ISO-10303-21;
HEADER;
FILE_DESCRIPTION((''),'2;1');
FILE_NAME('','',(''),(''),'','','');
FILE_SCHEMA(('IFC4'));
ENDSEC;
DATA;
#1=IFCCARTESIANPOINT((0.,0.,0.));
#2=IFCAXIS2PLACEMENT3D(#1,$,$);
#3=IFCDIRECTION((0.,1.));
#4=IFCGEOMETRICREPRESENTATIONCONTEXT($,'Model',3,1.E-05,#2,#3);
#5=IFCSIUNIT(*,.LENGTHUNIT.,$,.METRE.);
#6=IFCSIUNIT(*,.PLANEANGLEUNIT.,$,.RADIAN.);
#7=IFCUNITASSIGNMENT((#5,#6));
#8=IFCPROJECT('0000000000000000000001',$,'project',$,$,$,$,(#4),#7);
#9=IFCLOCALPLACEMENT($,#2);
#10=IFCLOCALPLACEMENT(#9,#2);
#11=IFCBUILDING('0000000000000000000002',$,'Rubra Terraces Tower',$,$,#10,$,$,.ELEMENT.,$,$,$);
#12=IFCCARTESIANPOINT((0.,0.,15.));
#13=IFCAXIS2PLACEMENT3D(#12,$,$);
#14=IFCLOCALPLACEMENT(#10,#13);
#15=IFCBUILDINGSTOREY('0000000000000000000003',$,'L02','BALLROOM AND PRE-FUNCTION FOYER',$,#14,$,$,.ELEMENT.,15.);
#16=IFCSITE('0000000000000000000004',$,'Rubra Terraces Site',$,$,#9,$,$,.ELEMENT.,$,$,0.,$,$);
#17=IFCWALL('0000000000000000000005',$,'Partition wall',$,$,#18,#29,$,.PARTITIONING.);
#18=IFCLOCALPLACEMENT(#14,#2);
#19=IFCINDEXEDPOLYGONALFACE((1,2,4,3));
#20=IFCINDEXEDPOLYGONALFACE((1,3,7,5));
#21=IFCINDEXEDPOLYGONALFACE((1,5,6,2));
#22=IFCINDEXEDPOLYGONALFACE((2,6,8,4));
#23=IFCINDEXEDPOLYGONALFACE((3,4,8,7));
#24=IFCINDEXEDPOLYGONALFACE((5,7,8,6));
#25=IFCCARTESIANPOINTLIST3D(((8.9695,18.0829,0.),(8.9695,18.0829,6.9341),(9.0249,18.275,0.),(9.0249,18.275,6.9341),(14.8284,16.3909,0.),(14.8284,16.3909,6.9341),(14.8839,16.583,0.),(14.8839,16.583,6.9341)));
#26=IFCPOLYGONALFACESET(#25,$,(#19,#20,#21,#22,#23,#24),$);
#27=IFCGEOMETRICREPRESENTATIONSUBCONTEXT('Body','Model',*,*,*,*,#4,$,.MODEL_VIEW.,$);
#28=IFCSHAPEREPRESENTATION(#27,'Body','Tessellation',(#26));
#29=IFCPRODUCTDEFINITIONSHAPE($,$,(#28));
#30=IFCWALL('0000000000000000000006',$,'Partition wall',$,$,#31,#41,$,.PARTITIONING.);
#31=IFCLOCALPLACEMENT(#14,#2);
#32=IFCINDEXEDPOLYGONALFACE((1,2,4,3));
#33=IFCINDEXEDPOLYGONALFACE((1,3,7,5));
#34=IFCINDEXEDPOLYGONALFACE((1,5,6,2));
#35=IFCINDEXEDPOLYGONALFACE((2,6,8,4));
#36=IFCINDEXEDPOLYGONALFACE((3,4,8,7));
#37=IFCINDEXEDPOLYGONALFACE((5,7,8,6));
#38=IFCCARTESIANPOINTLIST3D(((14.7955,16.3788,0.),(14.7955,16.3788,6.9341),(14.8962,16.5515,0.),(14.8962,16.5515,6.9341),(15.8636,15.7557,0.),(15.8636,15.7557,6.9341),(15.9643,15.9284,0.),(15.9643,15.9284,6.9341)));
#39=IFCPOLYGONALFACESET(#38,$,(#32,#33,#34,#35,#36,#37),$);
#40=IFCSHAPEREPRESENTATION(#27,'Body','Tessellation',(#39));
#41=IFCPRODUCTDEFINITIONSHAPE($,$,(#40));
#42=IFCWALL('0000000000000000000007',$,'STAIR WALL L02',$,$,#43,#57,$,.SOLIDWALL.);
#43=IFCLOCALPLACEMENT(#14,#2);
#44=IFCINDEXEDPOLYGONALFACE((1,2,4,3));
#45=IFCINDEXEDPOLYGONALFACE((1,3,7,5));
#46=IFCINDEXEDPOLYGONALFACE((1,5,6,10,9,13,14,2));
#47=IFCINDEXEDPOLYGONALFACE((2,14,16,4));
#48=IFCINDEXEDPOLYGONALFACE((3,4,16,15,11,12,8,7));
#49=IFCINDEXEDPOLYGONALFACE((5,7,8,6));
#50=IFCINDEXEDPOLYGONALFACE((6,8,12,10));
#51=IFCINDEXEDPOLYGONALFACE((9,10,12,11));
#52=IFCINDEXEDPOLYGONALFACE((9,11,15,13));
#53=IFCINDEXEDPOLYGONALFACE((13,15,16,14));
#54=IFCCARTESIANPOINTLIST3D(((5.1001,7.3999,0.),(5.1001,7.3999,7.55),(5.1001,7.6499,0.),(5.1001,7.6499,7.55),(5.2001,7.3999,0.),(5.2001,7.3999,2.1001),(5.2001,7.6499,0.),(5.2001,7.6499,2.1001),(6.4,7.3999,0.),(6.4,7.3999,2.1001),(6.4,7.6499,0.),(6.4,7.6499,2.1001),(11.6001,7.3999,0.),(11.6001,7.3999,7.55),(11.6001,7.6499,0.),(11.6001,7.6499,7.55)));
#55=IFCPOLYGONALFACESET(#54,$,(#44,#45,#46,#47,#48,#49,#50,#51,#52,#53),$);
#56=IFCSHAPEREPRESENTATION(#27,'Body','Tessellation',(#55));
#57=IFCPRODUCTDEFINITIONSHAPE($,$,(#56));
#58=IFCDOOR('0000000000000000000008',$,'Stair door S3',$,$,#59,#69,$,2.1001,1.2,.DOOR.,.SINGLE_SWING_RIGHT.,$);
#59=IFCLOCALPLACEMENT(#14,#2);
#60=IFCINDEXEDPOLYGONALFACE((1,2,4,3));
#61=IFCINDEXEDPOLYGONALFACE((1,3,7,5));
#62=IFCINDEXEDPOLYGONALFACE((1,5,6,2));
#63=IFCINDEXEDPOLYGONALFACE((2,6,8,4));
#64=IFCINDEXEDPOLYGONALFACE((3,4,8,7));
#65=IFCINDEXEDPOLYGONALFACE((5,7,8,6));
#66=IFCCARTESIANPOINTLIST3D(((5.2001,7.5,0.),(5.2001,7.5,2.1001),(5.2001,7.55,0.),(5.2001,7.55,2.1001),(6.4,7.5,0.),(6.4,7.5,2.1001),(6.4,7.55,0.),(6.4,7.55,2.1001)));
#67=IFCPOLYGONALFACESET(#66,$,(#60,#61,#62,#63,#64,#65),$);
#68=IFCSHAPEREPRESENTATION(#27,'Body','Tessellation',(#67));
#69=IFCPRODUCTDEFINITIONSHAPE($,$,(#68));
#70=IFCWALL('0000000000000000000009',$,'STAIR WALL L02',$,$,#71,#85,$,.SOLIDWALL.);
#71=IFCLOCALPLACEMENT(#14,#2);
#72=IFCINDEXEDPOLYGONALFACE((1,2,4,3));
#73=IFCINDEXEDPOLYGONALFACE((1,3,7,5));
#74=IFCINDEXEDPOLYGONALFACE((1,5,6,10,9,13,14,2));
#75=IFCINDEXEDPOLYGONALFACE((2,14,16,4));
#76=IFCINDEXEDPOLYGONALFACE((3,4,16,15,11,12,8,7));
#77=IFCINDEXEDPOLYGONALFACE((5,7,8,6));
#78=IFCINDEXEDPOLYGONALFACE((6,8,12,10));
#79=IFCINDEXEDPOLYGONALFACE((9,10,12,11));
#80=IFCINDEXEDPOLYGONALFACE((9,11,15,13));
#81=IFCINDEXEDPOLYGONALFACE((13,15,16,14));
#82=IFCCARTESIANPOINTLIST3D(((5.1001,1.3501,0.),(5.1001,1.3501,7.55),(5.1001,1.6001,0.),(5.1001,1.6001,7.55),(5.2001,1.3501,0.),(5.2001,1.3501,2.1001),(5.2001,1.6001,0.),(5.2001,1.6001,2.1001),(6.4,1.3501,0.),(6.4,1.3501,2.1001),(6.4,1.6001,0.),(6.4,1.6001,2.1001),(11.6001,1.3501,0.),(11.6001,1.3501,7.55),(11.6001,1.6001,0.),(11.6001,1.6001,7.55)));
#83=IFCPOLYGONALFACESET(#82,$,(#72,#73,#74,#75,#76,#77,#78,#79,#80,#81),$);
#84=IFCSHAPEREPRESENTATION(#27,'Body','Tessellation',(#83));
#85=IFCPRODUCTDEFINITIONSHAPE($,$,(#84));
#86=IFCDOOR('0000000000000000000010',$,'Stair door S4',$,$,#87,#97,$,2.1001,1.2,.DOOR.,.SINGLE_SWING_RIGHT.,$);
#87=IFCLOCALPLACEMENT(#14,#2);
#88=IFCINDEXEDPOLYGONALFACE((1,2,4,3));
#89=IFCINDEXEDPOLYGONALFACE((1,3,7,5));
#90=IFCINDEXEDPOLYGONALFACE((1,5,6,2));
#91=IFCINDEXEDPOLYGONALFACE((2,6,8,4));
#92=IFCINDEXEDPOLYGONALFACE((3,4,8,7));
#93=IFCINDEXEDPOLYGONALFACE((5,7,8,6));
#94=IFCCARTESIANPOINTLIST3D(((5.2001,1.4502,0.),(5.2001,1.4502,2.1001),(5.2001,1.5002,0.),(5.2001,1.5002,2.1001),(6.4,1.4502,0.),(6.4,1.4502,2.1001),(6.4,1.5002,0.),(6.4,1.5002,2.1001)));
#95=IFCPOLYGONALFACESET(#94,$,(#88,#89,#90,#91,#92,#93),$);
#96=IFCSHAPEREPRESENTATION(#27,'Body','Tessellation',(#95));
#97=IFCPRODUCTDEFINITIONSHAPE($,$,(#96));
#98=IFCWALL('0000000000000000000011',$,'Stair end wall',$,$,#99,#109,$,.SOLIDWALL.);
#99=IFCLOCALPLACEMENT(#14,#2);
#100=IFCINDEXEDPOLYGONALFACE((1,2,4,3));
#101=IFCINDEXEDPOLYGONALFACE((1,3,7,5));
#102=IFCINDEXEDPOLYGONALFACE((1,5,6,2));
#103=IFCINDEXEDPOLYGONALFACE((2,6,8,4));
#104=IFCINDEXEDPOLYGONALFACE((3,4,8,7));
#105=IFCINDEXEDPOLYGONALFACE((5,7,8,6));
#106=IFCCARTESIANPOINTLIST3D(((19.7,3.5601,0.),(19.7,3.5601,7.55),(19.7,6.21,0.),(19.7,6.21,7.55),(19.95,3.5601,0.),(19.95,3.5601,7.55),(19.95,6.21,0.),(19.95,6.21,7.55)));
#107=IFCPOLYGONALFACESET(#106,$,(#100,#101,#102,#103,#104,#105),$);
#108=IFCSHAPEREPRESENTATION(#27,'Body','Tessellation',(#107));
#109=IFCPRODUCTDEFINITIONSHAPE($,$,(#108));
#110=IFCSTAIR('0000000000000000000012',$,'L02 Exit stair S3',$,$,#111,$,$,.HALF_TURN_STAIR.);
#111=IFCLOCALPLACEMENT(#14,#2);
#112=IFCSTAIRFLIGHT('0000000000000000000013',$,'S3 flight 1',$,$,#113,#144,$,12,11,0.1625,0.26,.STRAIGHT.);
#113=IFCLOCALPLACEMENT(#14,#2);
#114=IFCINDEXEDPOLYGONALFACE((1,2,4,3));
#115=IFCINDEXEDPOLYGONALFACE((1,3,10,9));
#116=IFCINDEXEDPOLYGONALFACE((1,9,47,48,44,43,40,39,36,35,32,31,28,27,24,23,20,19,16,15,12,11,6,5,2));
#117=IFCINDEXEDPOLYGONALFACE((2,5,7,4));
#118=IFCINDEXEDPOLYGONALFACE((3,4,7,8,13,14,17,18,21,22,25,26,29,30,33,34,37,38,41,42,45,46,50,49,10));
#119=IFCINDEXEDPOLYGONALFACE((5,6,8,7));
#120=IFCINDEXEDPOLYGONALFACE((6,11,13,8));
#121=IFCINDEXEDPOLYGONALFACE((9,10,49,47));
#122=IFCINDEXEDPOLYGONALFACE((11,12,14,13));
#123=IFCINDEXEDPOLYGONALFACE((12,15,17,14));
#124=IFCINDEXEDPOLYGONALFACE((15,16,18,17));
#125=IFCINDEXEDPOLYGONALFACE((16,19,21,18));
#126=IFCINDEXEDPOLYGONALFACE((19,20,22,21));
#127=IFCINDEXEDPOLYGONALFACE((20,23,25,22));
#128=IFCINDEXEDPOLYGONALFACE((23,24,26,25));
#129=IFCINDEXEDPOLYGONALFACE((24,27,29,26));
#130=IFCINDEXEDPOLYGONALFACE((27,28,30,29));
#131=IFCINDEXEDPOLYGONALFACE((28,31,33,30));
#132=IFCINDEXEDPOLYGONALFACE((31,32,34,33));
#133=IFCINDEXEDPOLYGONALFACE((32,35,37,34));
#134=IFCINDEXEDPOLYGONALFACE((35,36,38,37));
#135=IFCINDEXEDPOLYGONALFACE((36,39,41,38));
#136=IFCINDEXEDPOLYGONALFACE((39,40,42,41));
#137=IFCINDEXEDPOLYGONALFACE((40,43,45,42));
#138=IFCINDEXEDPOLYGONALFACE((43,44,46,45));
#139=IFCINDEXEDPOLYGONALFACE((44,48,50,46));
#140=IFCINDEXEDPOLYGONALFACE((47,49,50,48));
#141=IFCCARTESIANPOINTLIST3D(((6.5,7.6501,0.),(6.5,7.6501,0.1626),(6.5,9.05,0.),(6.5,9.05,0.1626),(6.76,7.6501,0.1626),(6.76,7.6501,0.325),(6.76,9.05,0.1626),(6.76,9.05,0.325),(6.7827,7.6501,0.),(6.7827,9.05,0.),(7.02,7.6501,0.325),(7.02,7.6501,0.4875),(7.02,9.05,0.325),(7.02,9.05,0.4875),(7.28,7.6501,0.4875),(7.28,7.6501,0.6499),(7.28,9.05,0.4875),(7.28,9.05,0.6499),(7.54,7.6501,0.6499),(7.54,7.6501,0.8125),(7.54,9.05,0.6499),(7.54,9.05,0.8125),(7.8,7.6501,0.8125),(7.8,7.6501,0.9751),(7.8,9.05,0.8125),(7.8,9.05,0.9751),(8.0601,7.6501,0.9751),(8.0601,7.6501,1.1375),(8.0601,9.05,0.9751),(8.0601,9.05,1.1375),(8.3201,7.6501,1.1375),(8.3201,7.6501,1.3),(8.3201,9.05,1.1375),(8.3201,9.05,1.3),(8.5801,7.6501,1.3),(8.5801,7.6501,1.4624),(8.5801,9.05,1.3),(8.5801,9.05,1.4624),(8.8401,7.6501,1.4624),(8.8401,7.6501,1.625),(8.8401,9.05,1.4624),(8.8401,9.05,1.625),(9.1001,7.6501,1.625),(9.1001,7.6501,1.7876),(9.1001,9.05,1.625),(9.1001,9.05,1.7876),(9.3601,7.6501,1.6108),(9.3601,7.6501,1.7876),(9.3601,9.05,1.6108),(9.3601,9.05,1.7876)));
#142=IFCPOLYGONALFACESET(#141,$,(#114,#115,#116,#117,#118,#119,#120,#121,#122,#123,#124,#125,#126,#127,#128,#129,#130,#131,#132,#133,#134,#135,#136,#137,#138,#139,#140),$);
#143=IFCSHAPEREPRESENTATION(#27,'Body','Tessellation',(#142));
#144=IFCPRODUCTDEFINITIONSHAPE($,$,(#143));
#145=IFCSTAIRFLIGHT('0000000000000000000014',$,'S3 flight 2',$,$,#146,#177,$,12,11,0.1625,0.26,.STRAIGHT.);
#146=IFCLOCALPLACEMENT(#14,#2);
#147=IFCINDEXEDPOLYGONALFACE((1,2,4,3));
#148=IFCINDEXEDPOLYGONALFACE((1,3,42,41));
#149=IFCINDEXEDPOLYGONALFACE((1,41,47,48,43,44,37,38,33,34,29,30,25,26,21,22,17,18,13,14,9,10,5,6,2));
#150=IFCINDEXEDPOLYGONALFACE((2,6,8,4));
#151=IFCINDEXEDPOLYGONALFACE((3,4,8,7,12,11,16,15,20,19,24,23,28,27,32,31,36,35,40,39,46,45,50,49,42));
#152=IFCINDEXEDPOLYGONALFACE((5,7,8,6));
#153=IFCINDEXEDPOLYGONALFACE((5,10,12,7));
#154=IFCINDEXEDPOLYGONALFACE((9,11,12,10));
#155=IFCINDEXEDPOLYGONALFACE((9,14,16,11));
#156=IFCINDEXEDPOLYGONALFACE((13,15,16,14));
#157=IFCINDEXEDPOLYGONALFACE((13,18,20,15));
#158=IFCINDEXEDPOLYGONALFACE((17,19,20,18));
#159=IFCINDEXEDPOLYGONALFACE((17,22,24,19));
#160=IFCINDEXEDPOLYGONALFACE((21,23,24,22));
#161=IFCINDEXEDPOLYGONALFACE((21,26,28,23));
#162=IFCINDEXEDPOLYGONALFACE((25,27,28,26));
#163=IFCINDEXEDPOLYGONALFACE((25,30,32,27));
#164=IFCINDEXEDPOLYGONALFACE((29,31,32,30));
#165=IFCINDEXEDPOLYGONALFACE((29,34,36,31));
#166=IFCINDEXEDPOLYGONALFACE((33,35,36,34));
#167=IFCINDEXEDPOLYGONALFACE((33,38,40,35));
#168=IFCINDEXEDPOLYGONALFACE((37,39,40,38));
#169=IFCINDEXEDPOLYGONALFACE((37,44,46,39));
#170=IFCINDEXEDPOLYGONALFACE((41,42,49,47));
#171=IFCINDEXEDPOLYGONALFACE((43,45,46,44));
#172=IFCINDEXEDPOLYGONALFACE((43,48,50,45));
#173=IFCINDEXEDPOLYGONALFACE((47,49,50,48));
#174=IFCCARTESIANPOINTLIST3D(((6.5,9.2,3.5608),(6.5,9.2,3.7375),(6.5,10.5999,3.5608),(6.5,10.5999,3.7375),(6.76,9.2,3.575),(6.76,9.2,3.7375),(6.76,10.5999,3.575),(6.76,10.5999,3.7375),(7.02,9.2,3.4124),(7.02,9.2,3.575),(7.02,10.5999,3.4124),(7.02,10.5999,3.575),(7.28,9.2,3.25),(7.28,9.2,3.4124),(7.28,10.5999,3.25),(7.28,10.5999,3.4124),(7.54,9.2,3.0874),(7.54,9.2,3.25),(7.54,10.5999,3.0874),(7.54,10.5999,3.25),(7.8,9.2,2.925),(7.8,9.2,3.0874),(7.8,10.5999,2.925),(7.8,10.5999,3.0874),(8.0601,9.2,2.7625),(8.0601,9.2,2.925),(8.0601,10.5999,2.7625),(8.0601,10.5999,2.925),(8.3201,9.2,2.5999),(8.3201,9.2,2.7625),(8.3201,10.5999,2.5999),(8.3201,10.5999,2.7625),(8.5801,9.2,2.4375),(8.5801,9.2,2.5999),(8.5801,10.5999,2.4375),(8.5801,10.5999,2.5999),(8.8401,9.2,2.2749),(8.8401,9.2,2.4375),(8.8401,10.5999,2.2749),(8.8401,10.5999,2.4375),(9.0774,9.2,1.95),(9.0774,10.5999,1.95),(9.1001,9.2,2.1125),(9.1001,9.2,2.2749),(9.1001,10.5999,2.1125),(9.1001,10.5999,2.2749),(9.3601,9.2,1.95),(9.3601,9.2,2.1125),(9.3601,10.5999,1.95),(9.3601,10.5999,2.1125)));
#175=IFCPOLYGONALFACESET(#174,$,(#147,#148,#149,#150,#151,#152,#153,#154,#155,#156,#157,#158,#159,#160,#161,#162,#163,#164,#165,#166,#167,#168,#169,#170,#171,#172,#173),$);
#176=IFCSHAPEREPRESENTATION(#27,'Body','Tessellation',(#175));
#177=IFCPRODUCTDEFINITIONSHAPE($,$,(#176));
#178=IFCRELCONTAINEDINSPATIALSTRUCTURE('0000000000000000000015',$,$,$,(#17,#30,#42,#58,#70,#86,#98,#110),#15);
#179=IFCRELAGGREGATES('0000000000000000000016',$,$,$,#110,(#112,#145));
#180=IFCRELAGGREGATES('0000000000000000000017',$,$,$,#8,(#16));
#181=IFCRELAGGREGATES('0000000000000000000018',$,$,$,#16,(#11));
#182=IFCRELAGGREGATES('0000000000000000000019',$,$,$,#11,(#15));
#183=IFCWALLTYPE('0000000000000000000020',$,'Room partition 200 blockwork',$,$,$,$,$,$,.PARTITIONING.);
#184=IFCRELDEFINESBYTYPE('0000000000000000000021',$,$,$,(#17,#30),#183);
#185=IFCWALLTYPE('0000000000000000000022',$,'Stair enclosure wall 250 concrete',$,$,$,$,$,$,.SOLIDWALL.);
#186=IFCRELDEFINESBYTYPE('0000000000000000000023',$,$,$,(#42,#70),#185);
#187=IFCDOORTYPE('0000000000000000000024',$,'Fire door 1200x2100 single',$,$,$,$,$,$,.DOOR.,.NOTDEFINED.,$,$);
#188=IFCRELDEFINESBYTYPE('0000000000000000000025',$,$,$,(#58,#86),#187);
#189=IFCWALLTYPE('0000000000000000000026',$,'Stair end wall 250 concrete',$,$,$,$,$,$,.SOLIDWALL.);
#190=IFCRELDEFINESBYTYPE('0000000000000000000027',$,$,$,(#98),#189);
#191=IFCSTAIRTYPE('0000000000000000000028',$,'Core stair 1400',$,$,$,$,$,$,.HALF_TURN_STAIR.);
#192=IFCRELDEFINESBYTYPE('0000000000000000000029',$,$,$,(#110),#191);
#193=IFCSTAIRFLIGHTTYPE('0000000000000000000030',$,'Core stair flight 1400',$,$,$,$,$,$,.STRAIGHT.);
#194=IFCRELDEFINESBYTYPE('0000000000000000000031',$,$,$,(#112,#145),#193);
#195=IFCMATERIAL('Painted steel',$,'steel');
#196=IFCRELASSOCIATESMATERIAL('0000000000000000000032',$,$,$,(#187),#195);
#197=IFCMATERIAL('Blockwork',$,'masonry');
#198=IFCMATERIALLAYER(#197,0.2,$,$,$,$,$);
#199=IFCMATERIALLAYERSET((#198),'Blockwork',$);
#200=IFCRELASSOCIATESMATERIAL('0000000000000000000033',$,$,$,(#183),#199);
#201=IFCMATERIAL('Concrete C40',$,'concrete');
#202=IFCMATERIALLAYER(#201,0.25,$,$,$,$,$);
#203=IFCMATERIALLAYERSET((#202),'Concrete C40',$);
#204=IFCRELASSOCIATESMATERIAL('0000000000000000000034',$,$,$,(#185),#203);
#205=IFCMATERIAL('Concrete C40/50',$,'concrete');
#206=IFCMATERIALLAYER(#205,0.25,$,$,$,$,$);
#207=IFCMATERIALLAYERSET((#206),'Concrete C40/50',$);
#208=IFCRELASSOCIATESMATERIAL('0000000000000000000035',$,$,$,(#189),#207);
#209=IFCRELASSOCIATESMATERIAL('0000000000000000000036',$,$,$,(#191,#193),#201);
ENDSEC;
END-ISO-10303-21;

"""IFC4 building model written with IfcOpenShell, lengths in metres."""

from ifc_helpers import new_model, si_unit, direction, frame, frame_2d, origin, place, context, subcontext, project, spatial, polyline, rectangle, outline, extrude, material, layer, layer_set, type_object, element, fill, aggregate, save


model = new_model("IFC4")

# Units and contexts
model_context = context("Model", 3, precision=1e-05, world=origin(), true_north=direction((0.0, 1.0)))
body_context = subcontext(model_context, "Body", "Model", "MODEL_VIEW")
ifc_project = project(units=[si_unit("LENGTHUNIT", "METRE"), si_unit("PLANEANGLEUNIT", "RADIAN")], contexts=[model_context])

# Site, building, storey
site_placement = place(None, origin())
site = spatial("IfcSite", under=ifc_project, at=site_placement, Name="Rubra Terraces Site", CompositionType="ELEMENT", RefElevation=0.0)
building_placement = place(site_placement, origin())
building = spatial("IfcBuilding", under=site, at=building_placement, Name="Rubra Terraces Tower", CompositionType="ELEMENT")
storey_placement = place(building_placement, frame((0.0, 0.0, 15.0)))
storey = spatial("IfcBuildingStorey", under=building, at=storey_placement, Name="L02", Description="BALLROOM AND PRE-FUNCTION FOYER", CompositionType="ELEMENT", Elevation=15.0)

# Shared definitions
ifc_material_1 = material(Name="Painted steel", Category="steel")
door_type_1 = type_object("IfcDoorType", Name="Fire door 1200x2100 single", OperationType="NOTDEFINED", PredefinedType="DOOR", material=ifc_material_1)

# Shared definitions
ifc_material_2 = material(Name="Blockwork", Category="masonry")

# Walls
ifc_layer_1 = layer(ifc_material_2, 0.2)
ifc_layer_set_1 = layer_set([ifc_layer_1], Name="Blockwork")
wall_type_1 = type_object("IfcWallType", Name="Room partition 200 blockwork", PredefinedType="PARTITIONING", material=ifc_layer_set_1)
wall_1_placement = place(storey_placement, frame((8.9971, 18.179, 0.0), z_axis=(0.0, 0.0, 1.0), x_axis=(0.960744, -0.277438, 0.0)))
element("IfcWall", 1, at=wall_1_placement, inside=storey, type_object=wall_type_1, Name="Partition wall", PredefinedType="PARTITIONING", context=body_context, shape_type="SweptSolid", body=[
    extrude(rectangle(XDim=6.0984, YDim=0.2, at=frame_2d((3.0493, 0.0))), origin(), (0.0, 0.0, 1.0), 6.9341),
])
wall_2_placement = place(storey_placement, frame((14.8459, 16.4651, 0.0), z_axis=(0.0, 0.0, 1.0), x_axis=(0.863786, -0.503859, 0.0)))
element("IfcWall", 2, at=wall_2_placement, inside=storey, type_object=wall_type_1, Name="Partition wall", PredefinedType="PARTITIONING", context=body_context, shape_type="SweptSolid", body=[
    extrude(rectangle(XDim=1.2366, YDim=0.2, at=frame_2d((0.6182, 0.0))), origin(), (0.0, 0.0, 1.0), 6.9341),
])

# Walls, openings, doors
ifc_material_3 = material(Name="Concrete C40", Category="concrete")
ifc_layer_2 = layer(ifc_material_3, 0.25)
ifc_layer_set_2 = layer_set([ifc_layer_2], Name="Concrete C40")
wall_type_2 = type_object("IfcWallType", Name="Stair enclosure wall 250 concrete", PredefinedType="SOLIDWALL", material=ifc_layer_set_2)
wall_3_placement = place(storey_placement, frame((11.6001, 7.5249, 0.0), z_axis=(0.0, 0.0, 1.0), x_axis=(-1.0, 0.0, 0.0)))
wall_3 = element("IfcWall", 3, at=wall_3_placement, inside=storey, type_object=wall_type_2, Name="STAIR WALL L02", PredefinedType="SOLIDWALL", context=body_context, shape_type="SweptSolid", body=[
    extrude(rectangle(XDim=6.5, YDim=0.25, at=frame_2d((3.25, 0.0))), origin(), (0.0, 0.0, 1.0), 7.55),
])
opening_1_placement = place(wall_3_placement, frame((5.2, 0.0, 0.0)))
opening_1 = element("IfcOpeningElement", 4, at=opening_1_placement, cuts=wall_3, PredefinedType="OPENING", context=body_context, shape_type="SweptSolid", body=[
    extrude(rectangle(XDim=1.2, YDim=2.1001, at=frame_2d((0.6001, 1.05))), frame((0.0, 0.135, 0.0), z_axis=(0.0, -1.0, 0.0), x_axis=(1.0, 0.0, 0.0)), (0.0, 0.0, 1.0), 0.27),
])
door_1_placement = place(opening_1_placement, origin())
door_1 = element("IfcDoor", 5, at=door_1_placement, inside=storey, type_object=door_type_1, Name="Stair door S3", OperationType="SINGLE_SWING_RIGHT", OverallHeight=2.1001, OverallWidth=1.2, PredefinedType="DOOR", context=body_context, shape_type="SweptSolid", body=[
    extrude(rectangle(XDim=1.2, YDim=2.1001, at=frame_2d((0.6001, 1.05))), frame((0.0, 0.0249, 0.0), z_axis=(0.0, -1.0, 0.0), x_axis=(1.0, 0.0, 0.0)), (0.0, 0.0, 1.0), 0.05),
])
fill(opening_1, door_1)
wall_4_placement = place(storey_placement, frame((11.6001, 1.4751, 0.0), z_axis=(0.0, 0.0, 1.0), x_axis=(-1.0, 0.0, 0.0)))
wall_4 = element("IfcWall", 6, at=wall_4_placement, inside=storey, type_object=wall_type_2, Name="STAIR WALL L02", PredefinedType="SOLIDWALL", context=body_context, shape_type="SweptSolid", body=[
    extrude(rectangle(XDim=6.5, YDim=0.25, at=frame_2d((3.25, 0.0))), origin(), (0.0, 0.0, 1.0), 7.55),
])
opening_2_placement = place(wall_4_placement, frame((5.2, 0.0, 0.0)))
opening_2 = element("IfcOpeningElement", 7, at=opening_2_placement, cuts=wall_4, PredefinedType="OPENING", context=body_context, shape_type="SweptSolid", body=[
    extrude(rectangle(XDim=1.2, YDim=2.1001, at=frame_2d((0.6001, 1.05))), frame((0.0, 0.135, 0.0), z_axis=(0.0, -1.0, 0.0), x_axis=(1.0, 0.0, 0.0)), (0.0, 0.0, 1.0), 0.27),
])
door_2_placement = place(opening_2_placement, origin())
door_2 = element("IfcDoor", 8, at=door_2_placement, inside=storey, type_object=door_type_1, Name="Stair door S4", OperationType="SINGLE_SWING_RIGHT", OverallHeight=2.1001, OverallWidth=1.2, PredefinedType="DOOR", context=body_context, shape_type="SweptSolid", body=[
    extrude(rectangle(XDim=1.2, YDim=2.1001, at=frame_2d((0.6001, 1.05))), frame((0.0, 0.0249, 0.0), z_axis=(0.0, -1.0, 0.0), x_axis=(1.0, 0.0, 0.0)), (0.0, 0.0, 1.0), 0.05),
])
fill(opening_2, door_2)

# Wall
ifc_material_4 = material(Name="Concrete C40/50", Category="concrete")
ifc_layer_3 = layer(ifc_material_4, 0.25)
ifc_layer_set_3 = layer_set([ifc_layer_3], Name="Concrete C40/50")
wall_type_3 = type_object("IfcWallType", Name="Stair end wall 250 concrete", PredefinedType="SOLIDWALL", material=ifc_layer_set_3)
wall_5_placement = place(storey_placement, frame((19.825, 3.5601, 0.0), z_axis=(0.0, 0.0, 1.0), x_axis=(0.0, 1.0, 0.0)))
element("IfcWall", 9, at=wall_5_placement, inside=storey, type_object=wall_type_3, Name="Stair end wall", PredefinedType="SOLIDWALL", context=body_context, shape_type="SweptSolid", body=[
    extrude(rectangle(XDim=2.6499, YDim=0.25, at=frame_2d((1.325, 0.0))), origin(), (0.0, 0.0, 1.0), 7.55),
])

# Stair, stair flights
stair_type = type_object("IfcStairType", Name="Core stair 1400", PredefinedType="HALF_TURN_STAIR", material=ifc_material_3)
stair_1_placement = place(storey_placement, origin())
stair_1 = element("IfcStair", 10, at=stair_1_placement, inside=storey, type_object=stair_type, Name="L02 Exit stair S3", PredefinedType="HALF_TURN_STAIR")
stair_flight_type = type_object("IfcStairFlightType", Name="Core stair flight 1400", PredefinedType="STRAIGHT", material=ifc_material_3)
stair_flight_1_placement = place(storey_placement, frame((6.5, 8.3501, 0.0), z_axis=(0.0, 0.0, 1.0), x_axis=(1.0, 0.0, 0.0)))
stair_flight_1 = element("IfcStairFlight", 11, at=stair_flight_1_placement, type_object=stair_flight_type, Name="S3 flight 1", NumberOfRisers=12, NumberOfTreads=11, PredefinedType="STRAIGHT", RiserHeight=0.1625, TreadLength=0.26, context=body_context, shape_type="SweptSolid", body=[
    extrude(outline(polyline([(0.0, 0.0), (0.0, 0.1626), (0.26, 0.1626), (0.26, 0.325), (0.52, 0.325), (0.52, 0.4875), (0.78, 0.4875), (0.78, 0.6499), (1.04, 0.6499), (1.04, 0.8125), (1.3, 0.8125), (1.3, 0.9751), (1.5601, 0.9751), (1.5601, 1.1375), (1.8201, 1.1375), (1.8201, 1.3), (2.0801, 1.3), (2.0801, 1.4624), (2.3401, 1.4624), (2.3401, 1.625), (2.6001, 1.625), (2.6001, 1.7876), (2.8601, 1.7876), (2.8601, 1.95), (2.8601, 1.6108), (0.2827, 0.0), (0.0, 0.0)])), frame((0.0, 0.7, 0.0), z_axis=(0.0, -1.0, 0.0), x_axis=(1.0, 0.0, 0.0)), (0.0, 0.0, 1.0), 1.3999),
])
stair_flight_2_placement = place(storey_placement, frame((9.3601, 9.8999, 1.95), z_axis=(0.0, 0.0, 1.0), x_axis=(-1.0, 0.0, 0.0)))
stair_flight_2 = element("IfcStairFlight", 12, at=stair_flight_2_placement, type_object=stair_flight_type, Name="S3 flight 2", NumberOfRisers=12, NumberOfTreads=11, PredefinedType="STRAIGHT", RiserHeight=0.1625, TreadLength=0.26, context=body_context, shape_type="SweptSolid", body=[
    extrude(outline(polyline([(0.0, 0.0), (0.0, 0.1626), (0.26, 0.1626), (0.26, 0.325), (0.52, 0.325), (0.52, 0.4875), (0.78, 0.4875), (0.78, 0.6499), (1.04, 0.6499), (1.04, 0.8125), (1.3, 0.8125), (1.3, 0.9751), (1.5601, 0.9751), (1.5601, 1.1375), (1.8201, 1.1375), (1.8201, 1.3), (2.0801, 1.3), (2.0801, 1.4624), (2.3401, 1.4624), (2.3401, 1.625), (2.6001, 1.625), (2.6001, 1.7876), (2.8601, 1.7876), (2.8601, 1.95), (2.8601, 1.6108), (0.2827, 0.0), (0.0, 0.0)])), frame((0.0, 0.7, 0.0), z_axis=(0.0, -1.0, 0.0), x_axis=(1.0, 0.0, 0.0)), (0.0, 0.0, 1.0), 1.3999),
])
aggregate(stair_1, [stair_flight_1, stair_flight_2])

save(model, "model.ifc")
